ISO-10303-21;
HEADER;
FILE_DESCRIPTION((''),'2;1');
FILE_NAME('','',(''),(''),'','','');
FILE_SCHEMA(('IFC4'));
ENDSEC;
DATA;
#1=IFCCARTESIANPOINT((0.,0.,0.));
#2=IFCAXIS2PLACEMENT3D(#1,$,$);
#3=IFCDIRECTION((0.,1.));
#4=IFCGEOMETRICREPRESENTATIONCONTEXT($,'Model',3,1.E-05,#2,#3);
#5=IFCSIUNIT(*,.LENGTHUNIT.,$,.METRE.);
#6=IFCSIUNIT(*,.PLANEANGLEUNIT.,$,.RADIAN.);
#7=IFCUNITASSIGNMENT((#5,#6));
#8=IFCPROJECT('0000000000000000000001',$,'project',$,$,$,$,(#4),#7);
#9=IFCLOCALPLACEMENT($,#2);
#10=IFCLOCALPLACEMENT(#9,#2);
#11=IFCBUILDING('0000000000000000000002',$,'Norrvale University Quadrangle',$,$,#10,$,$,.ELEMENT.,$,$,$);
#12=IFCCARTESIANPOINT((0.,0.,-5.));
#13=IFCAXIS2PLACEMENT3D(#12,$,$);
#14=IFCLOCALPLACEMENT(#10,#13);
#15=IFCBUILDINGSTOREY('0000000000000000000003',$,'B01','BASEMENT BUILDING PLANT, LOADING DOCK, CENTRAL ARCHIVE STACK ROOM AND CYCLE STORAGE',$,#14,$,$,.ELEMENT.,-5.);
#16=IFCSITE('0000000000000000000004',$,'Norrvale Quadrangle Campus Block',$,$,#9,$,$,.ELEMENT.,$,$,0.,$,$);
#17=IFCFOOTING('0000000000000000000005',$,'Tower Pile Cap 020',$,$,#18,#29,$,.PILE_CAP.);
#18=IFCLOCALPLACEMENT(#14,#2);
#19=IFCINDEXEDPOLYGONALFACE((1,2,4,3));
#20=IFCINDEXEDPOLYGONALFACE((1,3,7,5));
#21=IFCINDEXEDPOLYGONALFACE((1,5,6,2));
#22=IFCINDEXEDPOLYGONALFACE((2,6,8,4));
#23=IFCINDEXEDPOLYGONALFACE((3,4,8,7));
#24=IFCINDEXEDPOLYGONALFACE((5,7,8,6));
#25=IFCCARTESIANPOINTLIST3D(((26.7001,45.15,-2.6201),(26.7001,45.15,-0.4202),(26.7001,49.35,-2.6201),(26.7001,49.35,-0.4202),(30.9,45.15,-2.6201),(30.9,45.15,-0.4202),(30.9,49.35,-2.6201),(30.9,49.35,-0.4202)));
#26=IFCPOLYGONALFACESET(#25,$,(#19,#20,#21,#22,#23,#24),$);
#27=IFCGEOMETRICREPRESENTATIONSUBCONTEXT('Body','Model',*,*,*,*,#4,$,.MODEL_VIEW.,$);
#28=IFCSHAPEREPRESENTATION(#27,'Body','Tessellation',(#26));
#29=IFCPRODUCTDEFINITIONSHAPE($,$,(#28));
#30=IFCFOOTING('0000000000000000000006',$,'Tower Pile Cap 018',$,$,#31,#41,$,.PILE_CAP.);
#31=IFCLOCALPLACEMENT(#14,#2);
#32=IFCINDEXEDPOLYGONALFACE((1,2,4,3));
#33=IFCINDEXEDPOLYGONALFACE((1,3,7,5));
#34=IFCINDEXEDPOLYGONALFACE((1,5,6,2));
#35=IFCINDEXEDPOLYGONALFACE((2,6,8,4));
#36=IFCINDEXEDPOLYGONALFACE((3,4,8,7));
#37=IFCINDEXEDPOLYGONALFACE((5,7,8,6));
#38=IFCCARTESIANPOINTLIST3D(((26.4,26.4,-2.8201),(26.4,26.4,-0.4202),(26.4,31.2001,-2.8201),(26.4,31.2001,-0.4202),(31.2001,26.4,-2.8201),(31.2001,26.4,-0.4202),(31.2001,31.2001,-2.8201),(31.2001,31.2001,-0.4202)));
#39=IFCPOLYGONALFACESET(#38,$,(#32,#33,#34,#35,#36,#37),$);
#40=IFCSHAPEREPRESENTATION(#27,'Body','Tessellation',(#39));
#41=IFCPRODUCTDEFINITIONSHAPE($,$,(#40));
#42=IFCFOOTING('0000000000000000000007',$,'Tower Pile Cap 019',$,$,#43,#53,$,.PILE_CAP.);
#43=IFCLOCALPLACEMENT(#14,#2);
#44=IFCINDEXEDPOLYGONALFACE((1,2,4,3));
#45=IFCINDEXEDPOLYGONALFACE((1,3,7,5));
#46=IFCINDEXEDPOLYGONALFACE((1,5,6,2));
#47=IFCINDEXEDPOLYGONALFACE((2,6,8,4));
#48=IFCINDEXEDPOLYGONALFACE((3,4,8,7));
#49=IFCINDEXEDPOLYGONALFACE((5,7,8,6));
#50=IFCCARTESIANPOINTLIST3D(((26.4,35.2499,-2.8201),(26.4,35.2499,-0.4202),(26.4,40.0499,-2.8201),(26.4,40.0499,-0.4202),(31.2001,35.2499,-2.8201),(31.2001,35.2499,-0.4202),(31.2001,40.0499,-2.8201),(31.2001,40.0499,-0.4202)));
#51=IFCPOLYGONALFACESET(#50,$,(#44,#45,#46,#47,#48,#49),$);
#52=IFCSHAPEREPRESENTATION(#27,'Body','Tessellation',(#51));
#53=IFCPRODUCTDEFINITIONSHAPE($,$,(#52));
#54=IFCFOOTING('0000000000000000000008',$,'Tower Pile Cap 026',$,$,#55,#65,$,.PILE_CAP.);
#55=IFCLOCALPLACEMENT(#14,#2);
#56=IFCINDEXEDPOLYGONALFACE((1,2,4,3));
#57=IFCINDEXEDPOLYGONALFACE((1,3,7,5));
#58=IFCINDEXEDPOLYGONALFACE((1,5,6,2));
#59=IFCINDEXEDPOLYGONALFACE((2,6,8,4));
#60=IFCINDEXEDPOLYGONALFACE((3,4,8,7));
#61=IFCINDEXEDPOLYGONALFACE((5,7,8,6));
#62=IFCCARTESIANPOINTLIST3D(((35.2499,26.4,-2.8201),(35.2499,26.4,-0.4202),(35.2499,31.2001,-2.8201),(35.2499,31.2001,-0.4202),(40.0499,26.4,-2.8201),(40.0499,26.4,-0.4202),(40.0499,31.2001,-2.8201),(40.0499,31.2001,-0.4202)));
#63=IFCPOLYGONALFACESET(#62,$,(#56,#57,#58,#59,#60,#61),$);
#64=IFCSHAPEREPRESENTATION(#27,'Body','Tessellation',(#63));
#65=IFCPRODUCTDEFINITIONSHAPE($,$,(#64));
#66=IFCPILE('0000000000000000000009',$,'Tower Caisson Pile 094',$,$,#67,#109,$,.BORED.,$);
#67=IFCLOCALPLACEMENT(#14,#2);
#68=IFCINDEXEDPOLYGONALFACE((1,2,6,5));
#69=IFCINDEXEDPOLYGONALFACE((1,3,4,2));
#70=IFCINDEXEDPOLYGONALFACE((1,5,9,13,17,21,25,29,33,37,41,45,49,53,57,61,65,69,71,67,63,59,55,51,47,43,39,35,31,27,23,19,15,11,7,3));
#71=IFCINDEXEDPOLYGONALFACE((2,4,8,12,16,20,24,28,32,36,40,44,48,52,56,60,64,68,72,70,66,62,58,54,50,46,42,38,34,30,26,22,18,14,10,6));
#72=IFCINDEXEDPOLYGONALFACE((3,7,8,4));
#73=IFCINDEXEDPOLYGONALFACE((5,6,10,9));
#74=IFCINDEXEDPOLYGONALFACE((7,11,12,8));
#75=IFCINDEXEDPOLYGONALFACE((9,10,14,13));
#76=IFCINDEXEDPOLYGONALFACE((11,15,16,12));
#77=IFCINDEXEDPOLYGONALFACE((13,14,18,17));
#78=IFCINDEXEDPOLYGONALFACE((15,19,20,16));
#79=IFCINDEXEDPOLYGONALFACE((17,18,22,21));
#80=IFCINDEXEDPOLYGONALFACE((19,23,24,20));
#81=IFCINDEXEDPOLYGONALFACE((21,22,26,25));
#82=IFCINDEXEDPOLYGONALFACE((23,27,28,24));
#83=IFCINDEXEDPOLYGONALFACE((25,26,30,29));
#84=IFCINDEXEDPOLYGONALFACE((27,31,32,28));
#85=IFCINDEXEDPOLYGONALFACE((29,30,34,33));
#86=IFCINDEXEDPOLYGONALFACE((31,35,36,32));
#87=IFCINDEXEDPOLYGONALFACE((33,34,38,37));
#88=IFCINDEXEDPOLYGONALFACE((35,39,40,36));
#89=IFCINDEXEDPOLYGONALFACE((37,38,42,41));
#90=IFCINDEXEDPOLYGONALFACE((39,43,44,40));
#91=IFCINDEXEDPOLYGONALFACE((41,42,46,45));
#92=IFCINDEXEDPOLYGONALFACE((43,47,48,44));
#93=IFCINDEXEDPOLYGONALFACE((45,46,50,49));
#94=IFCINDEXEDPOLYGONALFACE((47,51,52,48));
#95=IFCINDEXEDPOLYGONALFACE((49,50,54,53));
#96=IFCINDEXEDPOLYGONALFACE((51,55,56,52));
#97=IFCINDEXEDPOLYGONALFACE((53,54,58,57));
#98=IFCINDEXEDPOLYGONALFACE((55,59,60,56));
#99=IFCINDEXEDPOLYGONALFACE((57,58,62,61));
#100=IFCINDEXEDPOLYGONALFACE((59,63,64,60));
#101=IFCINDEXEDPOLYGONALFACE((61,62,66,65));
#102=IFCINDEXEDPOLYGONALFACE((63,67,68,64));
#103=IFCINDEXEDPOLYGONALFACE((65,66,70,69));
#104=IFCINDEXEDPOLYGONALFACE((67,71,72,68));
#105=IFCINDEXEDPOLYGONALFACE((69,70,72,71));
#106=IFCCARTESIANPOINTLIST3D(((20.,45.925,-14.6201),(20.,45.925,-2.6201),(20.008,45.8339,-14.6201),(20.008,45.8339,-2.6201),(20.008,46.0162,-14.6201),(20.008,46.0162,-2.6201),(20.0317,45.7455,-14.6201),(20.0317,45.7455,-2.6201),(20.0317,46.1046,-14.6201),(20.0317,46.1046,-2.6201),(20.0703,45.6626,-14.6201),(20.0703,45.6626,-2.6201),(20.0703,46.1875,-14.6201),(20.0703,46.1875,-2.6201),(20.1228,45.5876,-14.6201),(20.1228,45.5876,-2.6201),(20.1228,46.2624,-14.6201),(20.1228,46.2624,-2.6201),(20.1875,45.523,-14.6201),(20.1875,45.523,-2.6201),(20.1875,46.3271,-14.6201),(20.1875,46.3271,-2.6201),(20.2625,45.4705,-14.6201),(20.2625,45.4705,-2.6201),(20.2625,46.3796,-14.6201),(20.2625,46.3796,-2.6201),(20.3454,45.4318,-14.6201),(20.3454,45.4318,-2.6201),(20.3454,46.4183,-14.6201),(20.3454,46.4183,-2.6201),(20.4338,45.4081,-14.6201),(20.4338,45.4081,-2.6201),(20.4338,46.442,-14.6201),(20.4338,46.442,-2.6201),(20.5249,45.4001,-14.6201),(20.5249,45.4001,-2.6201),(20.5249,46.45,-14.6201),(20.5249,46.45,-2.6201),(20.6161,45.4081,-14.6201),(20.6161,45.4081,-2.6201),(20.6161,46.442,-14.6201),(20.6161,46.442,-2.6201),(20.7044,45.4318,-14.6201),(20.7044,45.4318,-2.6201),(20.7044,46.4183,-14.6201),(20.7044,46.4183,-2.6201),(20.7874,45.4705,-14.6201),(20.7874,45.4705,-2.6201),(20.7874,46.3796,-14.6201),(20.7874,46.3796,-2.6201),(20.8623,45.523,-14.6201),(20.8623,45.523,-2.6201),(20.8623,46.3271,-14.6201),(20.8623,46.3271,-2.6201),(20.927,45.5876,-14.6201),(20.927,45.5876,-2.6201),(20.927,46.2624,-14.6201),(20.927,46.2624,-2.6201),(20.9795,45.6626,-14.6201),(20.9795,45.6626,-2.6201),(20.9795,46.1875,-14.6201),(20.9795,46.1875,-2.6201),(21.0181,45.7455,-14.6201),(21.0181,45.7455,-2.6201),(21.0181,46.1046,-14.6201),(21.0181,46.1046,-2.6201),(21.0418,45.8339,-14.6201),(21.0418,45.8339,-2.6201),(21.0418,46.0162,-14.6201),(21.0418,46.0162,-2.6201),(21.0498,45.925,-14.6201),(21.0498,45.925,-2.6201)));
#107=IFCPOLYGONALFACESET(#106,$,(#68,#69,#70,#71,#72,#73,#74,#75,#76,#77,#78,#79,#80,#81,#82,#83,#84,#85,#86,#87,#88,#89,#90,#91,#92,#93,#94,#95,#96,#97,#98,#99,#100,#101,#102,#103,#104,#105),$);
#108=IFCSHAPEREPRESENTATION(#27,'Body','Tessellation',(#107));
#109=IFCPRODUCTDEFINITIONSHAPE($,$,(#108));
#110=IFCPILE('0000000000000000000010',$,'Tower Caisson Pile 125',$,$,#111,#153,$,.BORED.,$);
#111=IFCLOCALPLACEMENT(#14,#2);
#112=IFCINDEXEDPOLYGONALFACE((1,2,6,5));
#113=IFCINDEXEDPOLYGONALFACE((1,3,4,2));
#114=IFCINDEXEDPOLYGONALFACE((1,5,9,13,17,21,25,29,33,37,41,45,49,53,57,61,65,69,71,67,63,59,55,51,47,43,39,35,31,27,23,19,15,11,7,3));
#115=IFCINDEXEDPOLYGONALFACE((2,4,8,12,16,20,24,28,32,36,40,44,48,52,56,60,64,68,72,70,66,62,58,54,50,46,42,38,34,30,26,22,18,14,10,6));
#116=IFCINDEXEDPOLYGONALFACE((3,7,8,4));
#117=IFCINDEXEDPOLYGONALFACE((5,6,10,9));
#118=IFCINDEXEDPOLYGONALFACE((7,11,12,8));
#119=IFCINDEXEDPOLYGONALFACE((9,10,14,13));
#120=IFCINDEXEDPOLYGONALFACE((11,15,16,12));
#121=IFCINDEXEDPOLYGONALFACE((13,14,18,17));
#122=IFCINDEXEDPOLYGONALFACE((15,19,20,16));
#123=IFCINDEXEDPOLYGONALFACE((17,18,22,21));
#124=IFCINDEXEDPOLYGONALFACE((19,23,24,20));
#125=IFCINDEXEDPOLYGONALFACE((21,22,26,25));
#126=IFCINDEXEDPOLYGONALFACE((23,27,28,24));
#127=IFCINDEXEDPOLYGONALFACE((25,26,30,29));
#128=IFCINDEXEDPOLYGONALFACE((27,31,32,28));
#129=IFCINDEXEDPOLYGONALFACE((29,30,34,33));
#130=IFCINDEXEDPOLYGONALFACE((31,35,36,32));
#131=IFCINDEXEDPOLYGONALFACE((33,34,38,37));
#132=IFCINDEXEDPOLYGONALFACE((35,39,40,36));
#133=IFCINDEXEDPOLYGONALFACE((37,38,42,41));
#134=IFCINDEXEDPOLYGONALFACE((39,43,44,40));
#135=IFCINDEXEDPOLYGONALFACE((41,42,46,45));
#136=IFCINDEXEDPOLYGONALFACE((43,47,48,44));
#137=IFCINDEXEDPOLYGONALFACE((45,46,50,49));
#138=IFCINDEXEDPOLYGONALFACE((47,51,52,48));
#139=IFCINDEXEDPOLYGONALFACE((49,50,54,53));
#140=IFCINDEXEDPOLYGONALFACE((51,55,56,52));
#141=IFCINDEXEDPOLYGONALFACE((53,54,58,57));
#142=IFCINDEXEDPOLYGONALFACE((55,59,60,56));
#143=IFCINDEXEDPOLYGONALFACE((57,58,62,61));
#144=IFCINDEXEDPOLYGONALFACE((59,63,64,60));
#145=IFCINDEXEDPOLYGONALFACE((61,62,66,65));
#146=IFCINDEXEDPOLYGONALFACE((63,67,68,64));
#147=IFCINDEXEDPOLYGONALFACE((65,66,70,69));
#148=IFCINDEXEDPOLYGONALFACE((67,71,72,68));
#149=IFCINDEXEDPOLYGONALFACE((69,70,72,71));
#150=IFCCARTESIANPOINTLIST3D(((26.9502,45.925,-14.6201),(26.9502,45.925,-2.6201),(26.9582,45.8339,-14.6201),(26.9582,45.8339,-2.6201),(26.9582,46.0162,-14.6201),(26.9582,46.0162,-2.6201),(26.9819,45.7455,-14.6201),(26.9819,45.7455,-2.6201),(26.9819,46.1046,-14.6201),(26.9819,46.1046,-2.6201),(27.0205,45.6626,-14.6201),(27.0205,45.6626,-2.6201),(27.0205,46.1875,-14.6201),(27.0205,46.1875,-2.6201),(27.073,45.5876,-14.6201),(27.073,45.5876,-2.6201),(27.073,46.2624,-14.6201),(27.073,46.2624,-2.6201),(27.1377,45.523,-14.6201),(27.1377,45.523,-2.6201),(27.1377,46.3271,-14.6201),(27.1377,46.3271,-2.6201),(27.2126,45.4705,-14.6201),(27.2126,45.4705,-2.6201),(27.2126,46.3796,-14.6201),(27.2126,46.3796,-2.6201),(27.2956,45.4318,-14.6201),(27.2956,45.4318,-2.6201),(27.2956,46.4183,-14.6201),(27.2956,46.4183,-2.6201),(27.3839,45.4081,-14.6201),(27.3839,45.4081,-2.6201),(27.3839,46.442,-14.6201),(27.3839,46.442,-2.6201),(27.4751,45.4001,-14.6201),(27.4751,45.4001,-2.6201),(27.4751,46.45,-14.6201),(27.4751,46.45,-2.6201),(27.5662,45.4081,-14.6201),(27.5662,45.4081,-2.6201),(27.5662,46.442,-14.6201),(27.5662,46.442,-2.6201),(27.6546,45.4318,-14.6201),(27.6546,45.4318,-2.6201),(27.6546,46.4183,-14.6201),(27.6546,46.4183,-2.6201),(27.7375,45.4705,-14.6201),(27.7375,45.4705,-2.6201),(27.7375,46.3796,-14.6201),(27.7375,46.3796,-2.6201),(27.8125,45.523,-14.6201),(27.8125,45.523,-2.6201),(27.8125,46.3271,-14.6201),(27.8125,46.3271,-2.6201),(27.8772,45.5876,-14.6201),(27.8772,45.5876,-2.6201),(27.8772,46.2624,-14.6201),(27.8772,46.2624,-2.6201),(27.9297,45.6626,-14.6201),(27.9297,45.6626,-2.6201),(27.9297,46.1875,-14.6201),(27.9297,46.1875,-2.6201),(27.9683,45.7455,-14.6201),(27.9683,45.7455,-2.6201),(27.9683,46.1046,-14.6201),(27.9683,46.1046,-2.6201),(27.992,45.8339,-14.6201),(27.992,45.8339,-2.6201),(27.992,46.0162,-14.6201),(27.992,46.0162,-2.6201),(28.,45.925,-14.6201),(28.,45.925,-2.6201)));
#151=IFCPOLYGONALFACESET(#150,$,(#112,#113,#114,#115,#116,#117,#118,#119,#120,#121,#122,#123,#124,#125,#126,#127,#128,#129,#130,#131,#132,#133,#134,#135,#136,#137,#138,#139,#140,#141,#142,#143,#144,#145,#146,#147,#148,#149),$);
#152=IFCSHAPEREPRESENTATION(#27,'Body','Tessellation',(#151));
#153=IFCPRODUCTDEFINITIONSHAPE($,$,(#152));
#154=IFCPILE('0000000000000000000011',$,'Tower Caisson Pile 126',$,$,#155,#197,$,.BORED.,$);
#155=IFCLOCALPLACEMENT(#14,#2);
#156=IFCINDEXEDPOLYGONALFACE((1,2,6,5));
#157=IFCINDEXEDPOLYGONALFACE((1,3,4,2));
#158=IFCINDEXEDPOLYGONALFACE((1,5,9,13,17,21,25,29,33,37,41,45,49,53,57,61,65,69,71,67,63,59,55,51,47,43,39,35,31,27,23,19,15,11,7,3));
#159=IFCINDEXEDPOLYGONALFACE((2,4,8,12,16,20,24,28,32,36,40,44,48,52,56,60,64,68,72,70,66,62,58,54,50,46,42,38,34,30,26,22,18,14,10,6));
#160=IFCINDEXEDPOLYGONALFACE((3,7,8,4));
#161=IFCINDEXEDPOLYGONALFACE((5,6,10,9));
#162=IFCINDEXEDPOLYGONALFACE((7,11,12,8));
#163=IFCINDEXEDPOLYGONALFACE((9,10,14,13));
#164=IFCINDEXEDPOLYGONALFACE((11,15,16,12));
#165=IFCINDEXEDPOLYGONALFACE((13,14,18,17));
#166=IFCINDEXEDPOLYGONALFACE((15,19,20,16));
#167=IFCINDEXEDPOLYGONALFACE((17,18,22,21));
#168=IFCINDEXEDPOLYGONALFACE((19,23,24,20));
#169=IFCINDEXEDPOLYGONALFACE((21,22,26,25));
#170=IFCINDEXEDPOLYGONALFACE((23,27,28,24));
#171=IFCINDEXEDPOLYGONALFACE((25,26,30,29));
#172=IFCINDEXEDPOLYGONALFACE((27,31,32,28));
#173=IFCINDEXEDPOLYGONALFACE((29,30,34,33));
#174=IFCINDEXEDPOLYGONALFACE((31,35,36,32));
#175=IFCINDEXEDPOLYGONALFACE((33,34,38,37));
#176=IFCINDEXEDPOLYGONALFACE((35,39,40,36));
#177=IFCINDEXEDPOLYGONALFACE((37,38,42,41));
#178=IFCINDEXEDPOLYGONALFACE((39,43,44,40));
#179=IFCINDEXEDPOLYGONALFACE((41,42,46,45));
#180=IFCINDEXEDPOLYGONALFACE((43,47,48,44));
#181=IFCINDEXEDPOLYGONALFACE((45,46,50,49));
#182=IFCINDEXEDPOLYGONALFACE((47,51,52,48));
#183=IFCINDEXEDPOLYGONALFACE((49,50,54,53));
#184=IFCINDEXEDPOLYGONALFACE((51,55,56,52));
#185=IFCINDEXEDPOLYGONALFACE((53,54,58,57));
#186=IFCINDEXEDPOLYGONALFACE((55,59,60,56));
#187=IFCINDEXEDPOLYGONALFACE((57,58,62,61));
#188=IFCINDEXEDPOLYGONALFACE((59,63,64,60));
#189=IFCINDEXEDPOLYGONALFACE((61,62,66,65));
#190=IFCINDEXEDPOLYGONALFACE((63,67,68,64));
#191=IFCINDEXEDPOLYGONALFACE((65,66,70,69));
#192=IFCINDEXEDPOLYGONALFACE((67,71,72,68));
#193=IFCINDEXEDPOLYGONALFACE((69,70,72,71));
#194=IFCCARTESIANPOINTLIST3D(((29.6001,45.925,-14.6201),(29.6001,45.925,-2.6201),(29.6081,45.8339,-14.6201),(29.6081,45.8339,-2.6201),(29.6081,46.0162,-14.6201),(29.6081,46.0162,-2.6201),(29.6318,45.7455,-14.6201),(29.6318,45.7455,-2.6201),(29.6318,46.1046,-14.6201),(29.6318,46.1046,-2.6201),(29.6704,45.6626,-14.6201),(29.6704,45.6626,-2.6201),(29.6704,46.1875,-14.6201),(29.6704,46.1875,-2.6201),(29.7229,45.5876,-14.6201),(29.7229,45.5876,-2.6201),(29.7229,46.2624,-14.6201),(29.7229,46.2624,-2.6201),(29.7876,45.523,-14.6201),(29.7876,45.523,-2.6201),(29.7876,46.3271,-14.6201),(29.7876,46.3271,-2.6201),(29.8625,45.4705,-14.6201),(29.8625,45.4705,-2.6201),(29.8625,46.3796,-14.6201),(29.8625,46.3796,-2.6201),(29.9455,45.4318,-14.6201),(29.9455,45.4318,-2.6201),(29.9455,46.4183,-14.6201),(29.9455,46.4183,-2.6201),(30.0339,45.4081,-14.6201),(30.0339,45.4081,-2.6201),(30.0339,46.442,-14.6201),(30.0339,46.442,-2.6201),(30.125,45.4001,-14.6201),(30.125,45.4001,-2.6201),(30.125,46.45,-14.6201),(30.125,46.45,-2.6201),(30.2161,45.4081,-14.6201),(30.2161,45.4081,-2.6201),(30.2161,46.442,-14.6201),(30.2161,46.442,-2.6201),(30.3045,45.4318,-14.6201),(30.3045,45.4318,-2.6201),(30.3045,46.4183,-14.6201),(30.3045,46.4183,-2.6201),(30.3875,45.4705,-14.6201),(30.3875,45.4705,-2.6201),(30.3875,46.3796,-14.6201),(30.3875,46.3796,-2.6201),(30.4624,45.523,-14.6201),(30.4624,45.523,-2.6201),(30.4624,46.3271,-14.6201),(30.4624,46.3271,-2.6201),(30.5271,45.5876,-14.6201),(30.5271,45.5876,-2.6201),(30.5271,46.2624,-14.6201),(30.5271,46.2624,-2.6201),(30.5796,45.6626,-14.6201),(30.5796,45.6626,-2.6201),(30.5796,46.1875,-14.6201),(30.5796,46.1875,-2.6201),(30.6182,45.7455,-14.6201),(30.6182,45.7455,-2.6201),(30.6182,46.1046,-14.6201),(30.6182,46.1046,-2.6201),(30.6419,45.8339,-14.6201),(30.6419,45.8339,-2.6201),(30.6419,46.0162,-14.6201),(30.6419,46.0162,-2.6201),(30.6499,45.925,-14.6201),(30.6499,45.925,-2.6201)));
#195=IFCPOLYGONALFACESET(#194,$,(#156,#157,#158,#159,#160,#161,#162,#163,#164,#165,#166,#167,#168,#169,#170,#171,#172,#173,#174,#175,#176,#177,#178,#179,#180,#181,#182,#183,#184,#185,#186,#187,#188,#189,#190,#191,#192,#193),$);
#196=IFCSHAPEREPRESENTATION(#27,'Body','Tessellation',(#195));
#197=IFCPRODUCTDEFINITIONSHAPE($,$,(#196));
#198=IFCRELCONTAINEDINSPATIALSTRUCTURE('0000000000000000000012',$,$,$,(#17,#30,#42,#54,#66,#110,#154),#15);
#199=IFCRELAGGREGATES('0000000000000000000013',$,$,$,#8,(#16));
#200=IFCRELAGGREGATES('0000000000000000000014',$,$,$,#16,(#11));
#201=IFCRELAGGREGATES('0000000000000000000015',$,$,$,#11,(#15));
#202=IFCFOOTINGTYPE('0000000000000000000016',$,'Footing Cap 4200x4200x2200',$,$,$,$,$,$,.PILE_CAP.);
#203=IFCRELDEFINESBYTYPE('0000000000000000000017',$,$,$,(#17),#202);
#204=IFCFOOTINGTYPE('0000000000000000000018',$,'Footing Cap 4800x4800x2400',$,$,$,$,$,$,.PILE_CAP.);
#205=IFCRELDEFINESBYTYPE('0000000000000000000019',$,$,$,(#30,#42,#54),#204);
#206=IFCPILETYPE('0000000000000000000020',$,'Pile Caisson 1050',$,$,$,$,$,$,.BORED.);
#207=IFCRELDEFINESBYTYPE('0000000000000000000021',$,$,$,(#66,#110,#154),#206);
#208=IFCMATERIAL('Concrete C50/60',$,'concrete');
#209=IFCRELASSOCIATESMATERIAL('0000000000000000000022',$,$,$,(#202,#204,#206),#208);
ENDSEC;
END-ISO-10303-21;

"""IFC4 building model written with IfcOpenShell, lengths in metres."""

from ifc_helpers import new_model, si_unit, direction, frame, origin, origin_2d, place, context, subcontext, project, spatial, rectangle, circle, extrude, material, material_profile, profile_set, type_object, element, save


model = new_model("IFC4")

# Units and contexts
model_context = context("Model", 3, precision=1e-05, world=origin(), true_north=direction((0.0, 1.0)))
body_context = subcontext(model_context, "Body", "Model", "MODEL_VIEW")
ifc_project = project(units=[si_unit("LENGTHUNIT", "METRE"), si_unit("PLANEANGLEUNIT", "RADIAN")], contexts=[model_context])

# Site, building, storey
site_placement = place(None, origin())
site = spatial("IfcSite", under=ifc_project, at=site_placement, Name="Norrvale Quadrangle Campus Block", CompositionType="ELEMENT", RefElevation=0.0)
building_placement = place(site_placement, origin())
building = spatial("IfcBuilding", under=site, at=building_placement, Name="Norrvale University Quadrangle", CompositionType="ELEMENT")
storey_placement = place(building_placement, frame((0.0, 0.0, -5.0)))
storey = spatial("IfcBuildingStorey", under=building, at=storey_placement, Name="B01", Description="BASEMENT BUILDING PLANT, LOADING DOCK, CENTRAL ARCHIVE STACK ROOM AND CYCLE STORAGE", CompositionType="ELEMENT", Elevation=-5.0)

# Footings
ifc_material_1 = material(Name="Concrete C50/60", Category="concrete")
footing_type_1 = type_object("IfcFootingType", Name="Footing Cap 4200x4200x2200", PredefinedType="PILE_CAP", material=ifc_material_1)
footing_placement = place(storey_placement, frame((28.8, 47.25, -2.6201), z_axis=(0.0, 0.0, 1.0), x_axis=(1.0, 0.0, 0.0)))
element("IfcFooting", 1, at=footing_placement, inside=storey, type_object=footing_type_1, Name="Tower Pile Cap 020", PredefinedType="PILE_CAP", context=body_context, shape_type="SweptSolid", body=[
    extrude(rectangle(XDim=4.2, YDim=4.2, at=origin_2d()), origin(), (0.0, 0.0, 1.0), 2.2),
])
footing_type_2 = type_object("IfcFootingType", Name="Footing Cap 4800x4800x2400", PredefinedType="PILE_CAP", material=ifc_material_1)
for number, where, z_axis, x_axis, name in (
    (2, (28.8, 28.8, -2.8201), (0.0, 0.0, 1.0), (1.0, 0.0, 0.0), "Tower Pile Cap 018"),
    (3, (28.8, 37.6499, -2.8201), (0.0, 0.0, 1.0), (1.0, 0.0, 0.0), "Tower Pile Cap 019"),
    (4, (37.6499, 28.8, -2.8201), (0.0, 0.0, 1.0), (1.0, 0.0, 0.0), "Tower Pile Cap 026"),
):
    element("IfcFooting", number, at=place(storey_placement, frame(where, z_axis=z_axis, x_axis=x_axis)), inside=storey, type_object=footing_type_2, Name=name, PredefinedType="PILE_CAP", context=body_context, shape_type="SweptSolid", body=[
        extrude(rectangle(XDim=4.8, YDim=4.8, at=origin_2d()), origin(), (0.0, 0.0, 1.0), 2.3999),
    ])

# Piles
ifc_material_profile_1 = material_profile(ifc_material_1, circle(Radius=0.5249, at=origin_2d()), Name="Concrete C50/60")
ifc_profile_set_1 = profile_set([ifc_material_profile_1], Name="Concrete C50/60")
pile_type_1 = type_object("IfcPileType", Name="Pile Caisson 1050", PredefinedType="BORED", material=ifc_profile_set_1)
for number, where, z_axis, x_axis, name in (
    (5, (20.5249, 45.925, -2.6201), (0.0, 0.0, -1.0), (1.0, 0.0, 0.0), "Tower Caisson Pile 094"),
    (6, (27.4751, 45.925, -2.6201), (0.0, 0.0, -1.0), (1.0, 0.0, 0.0), "Tower Caisson Pile 125"),
    (7, (30.125, 45.925, -2.6201), (0.0, 0.0, -1.0), (1.0, 0.0, 0.0), "Tower Caisson Pile 126"),
):
    element("IfcPile", number, at=place(storey_placement, frame(where, z_axis=z_axis, x_axis=x_axis)), inside=storey, type_object=pile_type_1, Name=name, PredefinedType="BORED", context=body_context, shape_type="SweptSolid", body=[
        extrude(circle(Radius=0.5249, at=origin_2d()), origin(), (0.0, 0.0, 1.0), 12.0),
    ])

save(model, "model.ifc")
